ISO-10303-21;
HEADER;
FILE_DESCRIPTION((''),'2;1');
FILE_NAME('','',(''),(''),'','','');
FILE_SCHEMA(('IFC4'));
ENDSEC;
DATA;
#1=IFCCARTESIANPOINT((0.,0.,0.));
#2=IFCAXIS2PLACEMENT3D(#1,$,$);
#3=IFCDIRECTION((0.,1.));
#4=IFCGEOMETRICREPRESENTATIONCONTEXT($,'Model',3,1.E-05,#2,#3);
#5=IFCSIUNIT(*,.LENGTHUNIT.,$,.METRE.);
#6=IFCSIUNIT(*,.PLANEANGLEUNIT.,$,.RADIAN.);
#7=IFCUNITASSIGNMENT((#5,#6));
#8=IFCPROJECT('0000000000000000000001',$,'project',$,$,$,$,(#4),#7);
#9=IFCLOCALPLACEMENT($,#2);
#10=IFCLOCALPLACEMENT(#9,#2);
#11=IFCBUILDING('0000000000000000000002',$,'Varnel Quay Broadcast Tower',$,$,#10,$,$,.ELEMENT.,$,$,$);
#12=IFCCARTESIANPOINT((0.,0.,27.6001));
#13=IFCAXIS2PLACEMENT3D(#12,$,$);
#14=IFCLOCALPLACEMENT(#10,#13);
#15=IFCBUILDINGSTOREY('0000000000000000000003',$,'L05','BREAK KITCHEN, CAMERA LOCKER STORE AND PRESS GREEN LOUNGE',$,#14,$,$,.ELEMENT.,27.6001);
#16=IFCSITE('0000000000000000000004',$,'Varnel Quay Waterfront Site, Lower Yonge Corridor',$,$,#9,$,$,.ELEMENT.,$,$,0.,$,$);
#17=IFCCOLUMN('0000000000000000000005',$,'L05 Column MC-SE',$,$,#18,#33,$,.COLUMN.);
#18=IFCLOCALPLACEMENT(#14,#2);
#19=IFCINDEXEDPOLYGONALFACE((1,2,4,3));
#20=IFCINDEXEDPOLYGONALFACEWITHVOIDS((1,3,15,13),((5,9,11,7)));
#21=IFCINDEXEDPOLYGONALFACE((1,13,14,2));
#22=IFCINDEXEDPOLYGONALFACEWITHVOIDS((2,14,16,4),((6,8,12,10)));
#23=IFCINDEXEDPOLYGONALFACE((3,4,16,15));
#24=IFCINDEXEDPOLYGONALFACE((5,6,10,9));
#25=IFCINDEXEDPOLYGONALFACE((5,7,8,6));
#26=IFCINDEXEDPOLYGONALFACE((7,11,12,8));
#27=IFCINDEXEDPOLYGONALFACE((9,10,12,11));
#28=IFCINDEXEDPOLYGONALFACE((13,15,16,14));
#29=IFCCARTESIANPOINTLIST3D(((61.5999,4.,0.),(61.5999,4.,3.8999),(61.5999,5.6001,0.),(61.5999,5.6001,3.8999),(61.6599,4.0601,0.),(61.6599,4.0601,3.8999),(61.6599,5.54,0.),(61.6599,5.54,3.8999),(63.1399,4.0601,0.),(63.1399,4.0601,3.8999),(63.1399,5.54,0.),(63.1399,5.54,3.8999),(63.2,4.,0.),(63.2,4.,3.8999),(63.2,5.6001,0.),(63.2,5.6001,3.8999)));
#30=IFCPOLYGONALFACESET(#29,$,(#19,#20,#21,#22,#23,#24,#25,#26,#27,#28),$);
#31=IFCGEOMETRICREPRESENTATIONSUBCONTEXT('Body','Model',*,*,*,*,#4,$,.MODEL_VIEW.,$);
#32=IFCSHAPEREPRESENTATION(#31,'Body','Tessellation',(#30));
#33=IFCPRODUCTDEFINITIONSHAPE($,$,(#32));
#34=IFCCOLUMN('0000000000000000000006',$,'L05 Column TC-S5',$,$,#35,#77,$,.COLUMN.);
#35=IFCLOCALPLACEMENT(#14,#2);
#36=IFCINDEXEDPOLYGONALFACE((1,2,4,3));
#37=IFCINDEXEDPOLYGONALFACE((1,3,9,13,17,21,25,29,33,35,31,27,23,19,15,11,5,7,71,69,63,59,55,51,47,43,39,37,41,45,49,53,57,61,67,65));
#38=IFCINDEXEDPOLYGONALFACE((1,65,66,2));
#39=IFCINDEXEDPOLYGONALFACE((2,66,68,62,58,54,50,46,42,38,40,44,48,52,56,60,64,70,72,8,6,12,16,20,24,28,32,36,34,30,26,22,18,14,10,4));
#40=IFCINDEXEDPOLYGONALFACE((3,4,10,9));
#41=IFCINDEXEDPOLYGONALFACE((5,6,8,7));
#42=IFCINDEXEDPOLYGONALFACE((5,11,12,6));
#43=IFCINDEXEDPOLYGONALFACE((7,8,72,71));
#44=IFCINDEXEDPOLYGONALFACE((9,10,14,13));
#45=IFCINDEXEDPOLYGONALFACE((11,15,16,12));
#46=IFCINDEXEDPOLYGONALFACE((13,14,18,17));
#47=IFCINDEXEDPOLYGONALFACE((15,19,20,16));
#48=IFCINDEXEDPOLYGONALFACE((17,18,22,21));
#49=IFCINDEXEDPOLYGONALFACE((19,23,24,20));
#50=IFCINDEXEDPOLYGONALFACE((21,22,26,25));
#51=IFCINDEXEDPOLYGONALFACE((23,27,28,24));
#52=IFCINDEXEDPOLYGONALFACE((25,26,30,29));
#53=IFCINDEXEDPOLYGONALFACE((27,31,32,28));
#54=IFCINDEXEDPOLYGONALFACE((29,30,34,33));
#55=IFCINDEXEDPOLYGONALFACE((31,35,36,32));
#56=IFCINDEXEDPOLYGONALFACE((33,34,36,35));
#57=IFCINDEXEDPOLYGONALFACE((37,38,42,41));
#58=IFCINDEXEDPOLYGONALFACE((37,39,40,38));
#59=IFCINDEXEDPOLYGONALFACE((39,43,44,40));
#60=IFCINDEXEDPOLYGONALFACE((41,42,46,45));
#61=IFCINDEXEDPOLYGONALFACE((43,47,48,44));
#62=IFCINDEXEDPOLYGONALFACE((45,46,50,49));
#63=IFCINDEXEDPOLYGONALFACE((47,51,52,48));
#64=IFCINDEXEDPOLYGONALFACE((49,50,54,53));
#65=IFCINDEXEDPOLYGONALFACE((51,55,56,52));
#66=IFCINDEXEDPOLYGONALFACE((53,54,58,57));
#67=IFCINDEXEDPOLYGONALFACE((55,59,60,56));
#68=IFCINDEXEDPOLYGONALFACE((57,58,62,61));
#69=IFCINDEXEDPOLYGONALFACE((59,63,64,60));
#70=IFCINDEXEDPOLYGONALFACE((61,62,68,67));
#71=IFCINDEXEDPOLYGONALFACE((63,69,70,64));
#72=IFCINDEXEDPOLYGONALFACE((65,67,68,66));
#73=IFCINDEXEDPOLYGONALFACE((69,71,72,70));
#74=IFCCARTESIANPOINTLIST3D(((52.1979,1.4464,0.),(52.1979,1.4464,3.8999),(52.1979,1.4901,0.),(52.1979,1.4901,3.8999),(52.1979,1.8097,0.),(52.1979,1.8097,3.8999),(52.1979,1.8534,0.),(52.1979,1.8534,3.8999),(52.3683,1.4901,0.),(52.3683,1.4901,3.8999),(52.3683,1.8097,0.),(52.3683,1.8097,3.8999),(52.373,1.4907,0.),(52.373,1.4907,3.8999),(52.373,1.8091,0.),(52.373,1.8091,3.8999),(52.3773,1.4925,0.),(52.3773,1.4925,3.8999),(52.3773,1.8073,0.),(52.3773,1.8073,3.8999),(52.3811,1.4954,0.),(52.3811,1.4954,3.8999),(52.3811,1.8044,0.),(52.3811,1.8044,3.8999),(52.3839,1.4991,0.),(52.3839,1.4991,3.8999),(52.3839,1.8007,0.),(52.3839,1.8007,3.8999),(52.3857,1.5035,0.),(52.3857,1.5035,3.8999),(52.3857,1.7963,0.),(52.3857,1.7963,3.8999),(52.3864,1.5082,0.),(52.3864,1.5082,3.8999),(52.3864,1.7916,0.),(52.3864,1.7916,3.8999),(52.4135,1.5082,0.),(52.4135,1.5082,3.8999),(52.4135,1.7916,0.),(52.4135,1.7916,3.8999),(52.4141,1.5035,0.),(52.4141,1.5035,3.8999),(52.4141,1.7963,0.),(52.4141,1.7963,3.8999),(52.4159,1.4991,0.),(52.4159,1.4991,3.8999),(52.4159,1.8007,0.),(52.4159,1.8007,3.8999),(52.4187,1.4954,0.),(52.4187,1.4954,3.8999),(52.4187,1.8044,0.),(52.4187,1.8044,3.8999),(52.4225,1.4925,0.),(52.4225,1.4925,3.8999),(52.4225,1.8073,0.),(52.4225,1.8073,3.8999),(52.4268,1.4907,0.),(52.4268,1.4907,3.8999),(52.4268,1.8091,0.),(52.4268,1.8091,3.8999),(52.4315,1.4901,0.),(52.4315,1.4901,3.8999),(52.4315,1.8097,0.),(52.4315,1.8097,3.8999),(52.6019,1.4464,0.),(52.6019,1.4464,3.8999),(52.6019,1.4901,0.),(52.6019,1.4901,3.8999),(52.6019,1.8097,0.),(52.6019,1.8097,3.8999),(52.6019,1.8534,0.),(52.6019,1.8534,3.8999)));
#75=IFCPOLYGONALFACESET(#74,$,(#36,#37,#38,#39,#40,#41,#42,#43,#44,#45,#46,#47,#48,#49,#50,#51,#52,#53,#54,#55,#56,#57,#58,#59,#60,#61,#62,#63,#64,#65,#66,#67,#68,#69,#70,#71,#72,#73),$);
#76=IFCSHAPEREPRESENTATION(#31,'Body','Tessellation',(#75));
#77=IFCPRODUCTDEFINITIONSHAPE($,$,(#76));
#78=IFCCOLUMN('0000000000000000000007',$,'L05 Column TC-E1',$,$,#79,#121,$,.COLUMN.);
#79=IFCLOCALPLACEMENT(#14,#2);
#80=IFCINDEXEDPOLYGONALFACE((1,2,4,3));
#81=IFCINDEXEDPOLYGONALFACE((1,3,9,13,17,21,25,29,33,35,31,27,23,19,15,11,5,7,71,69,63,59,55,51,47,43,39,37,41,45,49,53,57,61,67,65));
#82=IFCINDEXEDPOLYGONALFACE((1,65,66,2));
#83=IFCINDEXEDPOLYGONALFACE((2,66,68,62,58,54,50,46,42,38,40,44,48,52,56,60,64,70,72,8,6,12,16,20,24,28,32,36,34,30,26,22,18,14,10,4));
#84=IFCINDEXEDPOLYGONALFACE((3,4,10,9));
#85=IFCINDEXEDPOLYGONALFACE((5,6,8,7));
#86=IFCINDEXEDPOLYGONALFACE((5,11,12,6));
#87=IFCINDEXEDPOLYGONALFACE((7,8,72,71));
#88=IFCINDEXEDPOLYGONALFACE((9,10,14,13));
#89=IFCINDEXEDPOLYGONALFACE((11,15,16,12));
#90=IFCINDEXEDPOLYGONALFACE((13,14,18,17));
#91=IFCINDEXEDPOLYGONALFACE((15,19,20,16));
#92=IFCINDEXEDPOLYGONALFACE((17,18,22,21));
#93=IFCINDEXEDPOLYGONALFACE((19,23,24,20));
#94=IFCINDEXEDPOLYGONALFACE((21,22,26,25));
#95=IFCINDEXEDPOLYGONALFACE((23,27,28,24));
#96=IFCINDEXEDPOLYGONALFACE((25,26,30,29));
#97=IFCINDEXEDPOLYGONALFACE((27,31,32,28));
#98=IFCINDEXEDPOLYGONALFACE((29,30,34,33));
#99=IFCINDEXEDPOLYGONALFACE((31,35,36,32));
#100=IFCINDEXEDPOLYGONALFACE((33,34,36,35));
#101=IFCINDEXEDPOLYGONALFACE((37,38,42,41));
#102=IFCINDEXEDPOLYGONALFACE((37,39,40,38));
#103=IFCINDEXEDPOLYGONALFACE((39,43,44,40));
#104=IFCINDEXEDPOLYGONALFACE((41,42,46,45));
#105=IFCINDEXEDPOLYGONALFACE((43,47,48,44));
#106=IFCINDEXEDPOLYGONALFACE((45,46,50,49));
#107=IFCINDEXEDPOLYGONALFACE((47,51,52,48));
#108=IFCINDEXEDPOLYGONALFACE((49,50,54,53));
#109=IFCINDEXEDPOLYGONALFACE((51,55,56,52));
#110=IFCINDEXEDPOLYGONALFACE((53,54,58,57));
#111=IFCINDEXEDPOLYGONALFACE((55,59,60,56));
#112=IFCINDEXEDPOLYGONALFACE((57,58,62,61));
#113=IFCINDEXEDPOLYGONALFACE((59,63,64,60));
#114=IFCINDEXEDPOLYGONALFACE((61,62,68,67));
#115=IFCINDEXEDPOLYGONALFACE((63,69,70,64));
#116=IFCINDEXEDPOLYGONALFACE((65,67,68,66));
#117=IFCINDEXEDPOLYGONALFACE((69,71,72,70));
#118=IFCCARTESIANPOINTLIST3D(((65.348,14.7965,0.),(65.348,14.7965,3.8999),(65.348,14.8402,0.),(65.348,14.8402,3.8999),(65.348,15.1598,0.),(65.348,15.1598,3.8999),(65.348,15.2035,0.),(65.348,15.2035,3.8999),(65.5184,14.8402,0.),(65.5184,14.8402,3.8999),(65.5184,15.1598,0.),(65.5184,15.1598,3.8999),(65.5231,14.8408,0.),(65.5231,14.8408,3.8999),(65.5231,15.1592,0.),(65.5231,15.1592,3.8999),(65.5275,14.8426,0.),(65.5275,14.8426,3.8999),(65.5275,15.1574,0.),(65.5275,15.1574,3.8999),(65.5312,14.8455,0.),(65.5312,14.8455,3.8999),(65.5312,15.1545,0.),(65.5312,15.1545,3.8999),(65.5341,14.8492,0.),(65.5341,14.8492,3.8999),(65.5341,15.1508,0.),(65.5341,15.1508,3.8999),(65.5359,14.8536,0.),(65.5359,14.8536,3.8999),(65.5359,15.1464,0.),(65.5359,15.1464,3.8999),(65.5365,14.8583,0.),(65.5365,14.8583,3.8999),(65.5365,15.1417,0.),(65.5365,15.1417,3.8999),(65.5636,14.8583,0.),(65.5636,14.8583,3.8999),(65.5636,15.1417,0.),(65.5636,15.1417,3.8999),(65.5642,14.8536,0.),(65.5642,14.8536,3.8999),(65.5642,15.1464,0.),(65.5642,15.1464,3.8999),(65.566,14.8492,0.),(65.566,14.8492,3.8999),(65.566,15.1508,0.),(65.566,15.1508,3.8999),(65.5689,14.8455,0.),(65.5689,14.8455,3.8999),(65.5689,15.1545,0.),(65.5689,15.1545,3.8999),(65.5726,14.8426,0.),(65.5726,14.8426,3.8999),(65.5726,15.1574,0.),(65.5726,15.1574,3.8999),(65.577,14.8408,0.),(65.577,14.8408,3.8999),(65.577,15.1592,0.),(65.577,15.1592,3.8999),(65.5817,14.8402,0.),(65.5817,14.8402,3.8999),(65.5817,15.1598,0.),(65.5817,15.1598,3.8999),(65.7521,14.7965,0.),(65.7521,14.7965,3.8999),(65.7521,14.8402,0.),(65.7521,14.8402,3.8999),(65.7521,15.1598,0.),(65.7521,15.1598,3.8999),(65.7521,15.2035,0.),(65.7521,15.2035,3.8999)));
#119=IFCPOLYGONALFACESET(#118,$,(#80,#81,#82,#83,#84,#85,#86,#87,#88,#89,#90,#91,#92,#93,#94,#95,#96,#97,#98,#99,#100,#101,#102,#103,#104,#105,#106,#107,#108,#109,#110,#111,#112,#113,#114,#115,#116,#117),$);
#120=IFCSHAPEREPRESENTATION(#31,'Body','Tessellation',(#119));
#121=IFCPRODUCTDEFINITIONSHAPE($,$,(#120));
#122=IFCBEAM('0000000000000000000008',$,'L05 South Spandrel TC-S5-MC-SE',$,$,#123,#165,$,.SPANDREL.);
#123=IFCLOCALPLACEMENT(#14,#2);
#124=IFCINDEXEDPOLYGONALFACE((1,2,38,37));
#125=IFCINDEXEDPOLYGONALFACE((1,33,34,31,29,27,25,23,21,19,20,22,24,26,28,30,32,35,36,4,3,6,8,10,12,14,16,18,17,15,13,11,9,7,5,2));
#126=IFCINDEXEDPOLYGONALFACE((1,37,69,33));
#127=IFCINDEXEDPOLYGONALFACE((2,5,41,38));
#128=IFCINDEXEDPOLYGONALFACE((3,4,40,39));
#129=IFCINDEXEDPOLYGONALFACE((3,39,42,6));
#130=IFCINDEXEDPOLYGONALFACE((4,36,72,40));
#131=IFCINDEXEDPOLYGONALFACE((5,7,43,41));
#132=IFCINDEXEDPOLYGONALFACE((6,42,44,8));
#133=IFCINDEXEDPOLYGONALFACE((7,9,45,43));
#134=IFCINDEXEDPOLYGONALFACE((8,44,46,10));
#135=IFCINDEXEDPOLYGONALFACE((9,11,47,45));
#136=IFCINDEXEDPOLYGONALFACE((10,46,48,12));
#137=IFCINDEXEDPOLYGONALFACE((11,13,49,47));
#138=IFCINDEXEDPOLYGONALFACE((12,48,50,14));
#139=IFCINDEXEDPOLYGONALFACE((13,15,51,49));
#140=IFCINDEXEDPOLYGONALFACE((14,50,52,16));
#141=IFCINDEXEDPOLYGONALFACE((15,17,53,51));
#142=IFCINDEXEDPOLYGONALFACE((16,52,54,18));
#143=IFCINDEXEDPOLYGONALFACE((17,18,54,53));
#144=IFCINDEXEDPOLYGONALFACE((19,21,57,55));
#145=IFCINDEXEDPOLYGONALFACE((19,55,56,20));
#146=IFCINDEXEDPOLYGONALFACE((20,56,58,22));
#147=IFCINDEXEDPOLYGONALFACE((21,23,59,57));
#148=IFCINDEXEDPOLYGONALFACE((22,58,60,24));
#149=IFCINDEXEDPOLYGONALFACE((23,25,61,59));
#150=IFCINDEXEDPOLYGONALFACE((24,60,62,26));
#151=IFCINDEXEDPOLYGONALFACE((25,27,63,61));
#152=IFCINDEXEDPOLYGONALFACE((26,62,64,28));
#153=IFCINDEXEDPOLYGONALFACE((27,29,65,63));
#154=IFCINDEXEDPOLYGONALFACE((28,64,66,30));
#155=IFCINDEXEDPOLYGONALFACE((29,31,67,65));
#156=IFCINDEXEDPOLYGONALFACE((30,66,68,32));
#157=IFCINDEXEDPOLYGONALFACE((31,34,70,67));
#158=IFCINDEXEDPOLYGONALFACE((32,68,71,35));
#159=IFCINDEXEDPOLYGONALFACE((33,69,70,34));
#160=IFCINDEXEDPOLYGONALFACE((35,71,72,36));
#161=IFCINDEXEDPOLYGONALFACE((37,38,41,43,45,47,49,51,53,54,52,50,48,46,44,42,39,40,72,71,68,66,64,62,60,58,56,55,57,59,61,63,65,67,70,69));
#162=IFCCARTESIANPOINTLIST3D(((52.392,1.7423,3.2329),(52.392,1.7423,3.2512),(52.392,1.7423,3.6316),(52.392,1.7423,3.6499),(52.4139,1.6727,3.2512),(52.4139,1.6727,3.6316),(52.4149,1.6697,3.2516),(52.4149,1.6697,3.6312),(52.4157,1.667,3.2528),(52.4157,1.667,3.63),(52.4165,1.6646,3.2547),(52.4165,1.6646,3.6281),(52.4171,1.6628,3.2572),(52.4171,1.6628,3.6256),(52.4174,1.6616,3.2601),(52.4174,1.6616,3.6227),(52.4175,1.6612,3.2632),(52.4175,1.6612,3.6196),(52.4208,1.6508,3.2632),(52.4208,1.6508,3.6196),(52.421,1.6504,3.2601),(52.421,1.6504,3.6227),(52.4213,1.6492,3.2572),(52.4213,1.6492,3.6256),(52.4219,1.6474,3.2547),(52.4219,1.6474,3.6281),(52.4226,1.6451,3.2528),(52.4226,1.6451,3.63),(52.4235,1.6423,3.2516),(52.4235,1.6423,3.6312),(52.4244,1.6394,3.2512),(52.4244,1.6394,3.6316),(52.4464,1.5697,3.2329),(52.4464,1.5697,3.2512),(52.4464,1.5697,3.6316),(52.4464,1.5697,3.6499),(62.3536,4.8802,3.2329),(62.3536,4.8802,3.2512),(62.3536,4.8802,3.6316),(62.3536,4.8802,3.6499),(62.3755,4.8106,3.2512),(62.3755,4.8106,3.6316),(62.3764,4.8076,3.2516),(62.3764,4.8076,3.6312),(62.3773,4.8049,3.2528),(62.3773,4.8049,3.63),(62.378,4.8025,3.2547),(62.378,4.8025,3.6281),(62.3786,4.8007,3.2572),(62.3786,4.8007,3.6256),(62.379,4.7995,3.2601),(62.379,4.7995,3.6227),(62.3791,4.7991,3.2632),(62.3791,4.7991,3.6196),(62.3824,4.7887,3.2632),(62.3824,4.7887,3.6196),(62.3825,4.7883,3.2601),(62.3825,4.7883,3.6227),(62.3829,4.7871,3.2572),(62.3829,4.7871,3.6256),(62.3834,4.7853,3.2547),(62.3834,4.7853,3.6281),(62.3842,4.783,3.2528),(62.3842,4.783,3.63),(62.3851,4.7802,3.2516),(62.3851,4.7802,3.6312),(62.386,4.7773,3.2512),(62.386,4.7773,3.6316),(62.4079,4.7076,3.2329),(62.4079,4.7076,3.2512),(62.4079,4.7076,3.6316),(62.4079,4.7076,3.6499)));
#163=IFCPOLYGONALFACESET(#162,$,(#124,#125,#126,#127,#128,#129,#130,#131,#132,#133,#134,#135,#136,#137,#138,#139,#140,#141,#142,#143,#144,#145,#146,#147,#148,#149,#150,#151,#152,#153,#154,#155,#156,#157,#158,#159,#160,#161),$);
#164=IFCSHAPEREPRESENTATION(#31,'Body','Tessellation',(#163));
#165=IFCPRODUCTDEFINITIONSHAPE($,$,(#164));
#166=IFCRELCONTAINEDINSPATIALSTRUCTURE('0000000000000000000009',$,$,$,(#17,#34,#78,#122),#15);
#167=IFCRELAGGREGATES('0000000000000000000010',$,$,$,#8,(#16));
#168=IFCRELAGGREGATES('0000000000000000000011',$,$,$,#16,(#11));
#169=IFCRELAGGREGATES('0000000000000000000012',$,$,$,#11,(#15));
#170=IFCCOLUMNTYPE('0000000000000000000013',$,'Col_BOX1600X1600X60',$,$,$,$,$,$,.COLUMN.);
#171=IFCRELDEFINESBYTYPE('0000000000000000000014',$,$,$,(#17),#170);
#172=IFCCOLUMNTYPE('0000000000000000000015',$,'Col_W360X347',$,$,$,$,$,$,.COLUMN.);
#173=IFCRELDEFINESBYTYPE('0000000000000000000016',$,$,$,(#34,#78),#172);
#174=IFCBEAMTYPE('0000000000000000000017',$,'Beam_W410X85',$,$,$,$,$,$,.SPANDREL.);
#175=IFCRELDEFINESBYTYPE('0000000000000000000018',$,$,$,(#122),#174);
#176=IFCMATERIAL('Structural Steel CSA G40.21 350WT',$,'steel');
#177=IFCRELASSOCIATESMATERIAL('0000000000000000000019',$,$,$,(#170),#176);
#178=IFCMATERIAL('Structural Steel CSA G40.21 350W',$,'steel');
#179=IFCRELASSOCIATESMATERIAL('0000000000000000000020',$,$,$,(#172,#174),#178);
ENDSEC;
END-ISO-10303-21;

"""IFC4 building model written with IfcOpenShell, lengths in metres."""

from ifc_helpers import new_model, si_unit, direction, frame, origin, origin_2d, place, context, subcontext, project, spatial, hollow_rectangle, i_section, extrude, source, transform, mapped, material, material_profile, profile_set, type_object, type_shapes, element, save


model = new_model("IFC4")

# Units and contexts
model_context = context("Model", 3, precision=1e-05, world=origin(), true_north=direction((0.0, 1.0)))
body_context = subcontext(model_context, "Body", "Model", "MODEL_VIEW")
ifc_project = project(units=[si_unit("LENGTHUNIT", "METRE"), si_unit("PLANEANGLEUNIT", "RADIAN")], contexts=[model_context])

# Site, building, storey
site_placement = place(None, origin())
site = spatial("IfcSite", under=ifc_project, at=site_placement, Name="Varnel Quay Waterfront Site, Lower Yonge Corridor", CompositionType="ELEMENT", RefElevation=0.0)
building_placement = place(site_placement, origin())
building = spatial("IfcBuilding", under=site, at=building_placement, Name="Varnel Quay Broadcast Tower", CompositionType="ELEMENT")
storey_placement = place(building_placement, frame((0.0, 0.0, 27.6001)))
storey = spatial("IfcBuildingStorey", under=building, at=storey_placement, Name="L05", Description="BREAK KITCHEN, CAMERA LOCKER STORE AND PRESS GREEN LOUNGE", CompositionType="ELEMENT", Elevation=27.6001)

# Columns
ifc_material_1 = material(Name="Structural Steel CSA G40.21 350WT", Category="steel")
ifc_material_profile_1 = material_profile(ifc_material_1, hollow_rectangle(XDim=1.6001, YDim=1.6001, WallThickness=0.0601, at=origin_2d()), Name="BOX1600X1600X60")
ifc_profile_set_1 = profile_set([ifc_material_profile_1], Name="Structural Steel CSA G40.21 350WT")
column_type_1 = type_object("IfcColumnType", Name="Col_BOX1600X1600X60", PredefinedType="COLUMN", material=ifc_profile_set_1)
shared_shape_1 = source(origin(), body_context, "Body", "SweptSolid", [
    extrude(hollow_rectangle(XDim=1.6001, YDim=1.6001, WallThickness=0.0601, at=origin_2d()), origin(), (0.0, 0.0, 1.0), 3.8999),
])
type_shapes(column_type_1, [shared_shape_1])
column_placement = place(storey_placement, frame((62.3999, 4.8, 0.0), z_axis=(0.0, 0.0, 1.0), x_axis=(1.0, 0.0, 0.0)))
element("IfcColumn", 1, at=column_placement, inside=storey, type_object=column_type_1, Name="L05 Column MC-SE", PredefinedType="COLUMN", context=body_context, shape_type="MappedRepresentation", body=[
    mapped(shared_shape_1, transform((0.0, 0.0, 0.0), x_axis=(1.0, 0.0, 0.0), y_axis=(0.0, 1.0, 0.0), z_axis=(0.0, 0.0, 1.0), scale=1.0)),
])
ifc_material_2 = material(Name="Structural Steel CSA G40.21 350W", Category="steel")
ifc_material_profile_2 = material_profile(ifc_material_2, i_section(OverallWidth=0.4041, OverallDepth=0.407, WebThickness=0.0271, FlangeThickness=0.0437, FilletRadius=0.0181, at=origin_2d()), Name="W360X347")
ifc_profile_set_2 = profile_set([ifc_material_profile_2], Name="Structural Steel CSA G40.21 350W")
column_type_2 = type_object("IfcColumnType", Name="Col_W360X347", PredefinedType="COLUMN", material=ifc_profile_set_2)
shared_shape_2 = source(origin(), body_context, "Body", "SweptSolid", [
    extrude(i_section(OverallWidth=0.4041, OverallDepth=0.407, WebThickness=0.0271, FlangeThickness=0.0437, FilletRadius=0.0181, at=origin_2d()), origin(), (0.0, 0.0, 1.0), 3.8999),
])
type_shapes(column_type_2, [shared_shape_2])
for number, where, z_axis, x_axis, name in (
    (2, (52.3999, 1.6499, 0.0), (0.0, 0.0, 1.0), (1.0, 0.0, 0.0), "L05 Column TC-S5"),
    (3, (65.55, 15.0, 0.0), (0.0, 0.0, 1.0), (1.0, 0.0, 0.0), "L05 Column TC-E1"),
):
    element("IfcColumn", number, at=place(storey_placement, frame(where, z_axis=z_axis, x_axis=x_axis)), inside=storey, type_object=column_type_2, Name=name, PredefinedType="COLUMN", context=body_context, shape_type="MappedRepresentation", body=[
        mapped(shared_shape_2, transform((0.0, 0.0, 0.0), x_axis=(1.0, 0.0, 0.0), y_axis=(0.0, 1.0, 0.0), z_axis=(0.0, 0.0, 1.0), scale=1.0)),
    ])

# Beam
ifc_material_profile_3 = material_profile(ifc_material_2, i_section(OverallWidth=0.1809, OverallDepth=0.417, WebThickness=0.011, FlangeThickness=0.0183, FilletRadius=0.012, at=origin_2d()), Name="W410X85")
ifc_profile_set_3 = profile_set([ifc_material_profile_3], Name="Structural Steel CSA G40.21 350W")
beam_type = type_object("IfcBeamType", Name="Beam_W410X85", PredefinedType="SPANDREL", material=ifc_profile_set_3)
shared_shape_3 = source(origin(), body_context, "Body", "SweptSolid", [
    extrude(i_section(OverallWidth=0.1809, OverallDepth=0.417, WebThickness=0.011, FlangeThickness=0.0183, FilletRadius=0.012, at=origin_2d()), origin(), (0.0, 0.0, 1.0), 10.4441),
])
beam_1_placement = place(storey_placement, frame((52.4192, 1.656, 3.4414), z_axis=(0.953798, 0.300448, 0.0), x_axis=(-0.300448, 0.953798, 0.0)))
element("IfcBeam", 4, at=beam_1_placement, inside=storey, type_object=beam_type, Name="L05 South Spandrel TC-S5-MC-SE", PredefinedType="SPANDREL", context=body_context, shape_type="MappedRepresentation", body=[
    mapped(shared_shape_3, transform((0.0, 0.0, 0.0), x_axis=(1.0, 0.0, 0.0), y_axis=(0.0, 1.0, 0.0), z_axis=(0.0, 0.0, 1.0), scale=1.0)),
])

save(model, "model.ifc")
